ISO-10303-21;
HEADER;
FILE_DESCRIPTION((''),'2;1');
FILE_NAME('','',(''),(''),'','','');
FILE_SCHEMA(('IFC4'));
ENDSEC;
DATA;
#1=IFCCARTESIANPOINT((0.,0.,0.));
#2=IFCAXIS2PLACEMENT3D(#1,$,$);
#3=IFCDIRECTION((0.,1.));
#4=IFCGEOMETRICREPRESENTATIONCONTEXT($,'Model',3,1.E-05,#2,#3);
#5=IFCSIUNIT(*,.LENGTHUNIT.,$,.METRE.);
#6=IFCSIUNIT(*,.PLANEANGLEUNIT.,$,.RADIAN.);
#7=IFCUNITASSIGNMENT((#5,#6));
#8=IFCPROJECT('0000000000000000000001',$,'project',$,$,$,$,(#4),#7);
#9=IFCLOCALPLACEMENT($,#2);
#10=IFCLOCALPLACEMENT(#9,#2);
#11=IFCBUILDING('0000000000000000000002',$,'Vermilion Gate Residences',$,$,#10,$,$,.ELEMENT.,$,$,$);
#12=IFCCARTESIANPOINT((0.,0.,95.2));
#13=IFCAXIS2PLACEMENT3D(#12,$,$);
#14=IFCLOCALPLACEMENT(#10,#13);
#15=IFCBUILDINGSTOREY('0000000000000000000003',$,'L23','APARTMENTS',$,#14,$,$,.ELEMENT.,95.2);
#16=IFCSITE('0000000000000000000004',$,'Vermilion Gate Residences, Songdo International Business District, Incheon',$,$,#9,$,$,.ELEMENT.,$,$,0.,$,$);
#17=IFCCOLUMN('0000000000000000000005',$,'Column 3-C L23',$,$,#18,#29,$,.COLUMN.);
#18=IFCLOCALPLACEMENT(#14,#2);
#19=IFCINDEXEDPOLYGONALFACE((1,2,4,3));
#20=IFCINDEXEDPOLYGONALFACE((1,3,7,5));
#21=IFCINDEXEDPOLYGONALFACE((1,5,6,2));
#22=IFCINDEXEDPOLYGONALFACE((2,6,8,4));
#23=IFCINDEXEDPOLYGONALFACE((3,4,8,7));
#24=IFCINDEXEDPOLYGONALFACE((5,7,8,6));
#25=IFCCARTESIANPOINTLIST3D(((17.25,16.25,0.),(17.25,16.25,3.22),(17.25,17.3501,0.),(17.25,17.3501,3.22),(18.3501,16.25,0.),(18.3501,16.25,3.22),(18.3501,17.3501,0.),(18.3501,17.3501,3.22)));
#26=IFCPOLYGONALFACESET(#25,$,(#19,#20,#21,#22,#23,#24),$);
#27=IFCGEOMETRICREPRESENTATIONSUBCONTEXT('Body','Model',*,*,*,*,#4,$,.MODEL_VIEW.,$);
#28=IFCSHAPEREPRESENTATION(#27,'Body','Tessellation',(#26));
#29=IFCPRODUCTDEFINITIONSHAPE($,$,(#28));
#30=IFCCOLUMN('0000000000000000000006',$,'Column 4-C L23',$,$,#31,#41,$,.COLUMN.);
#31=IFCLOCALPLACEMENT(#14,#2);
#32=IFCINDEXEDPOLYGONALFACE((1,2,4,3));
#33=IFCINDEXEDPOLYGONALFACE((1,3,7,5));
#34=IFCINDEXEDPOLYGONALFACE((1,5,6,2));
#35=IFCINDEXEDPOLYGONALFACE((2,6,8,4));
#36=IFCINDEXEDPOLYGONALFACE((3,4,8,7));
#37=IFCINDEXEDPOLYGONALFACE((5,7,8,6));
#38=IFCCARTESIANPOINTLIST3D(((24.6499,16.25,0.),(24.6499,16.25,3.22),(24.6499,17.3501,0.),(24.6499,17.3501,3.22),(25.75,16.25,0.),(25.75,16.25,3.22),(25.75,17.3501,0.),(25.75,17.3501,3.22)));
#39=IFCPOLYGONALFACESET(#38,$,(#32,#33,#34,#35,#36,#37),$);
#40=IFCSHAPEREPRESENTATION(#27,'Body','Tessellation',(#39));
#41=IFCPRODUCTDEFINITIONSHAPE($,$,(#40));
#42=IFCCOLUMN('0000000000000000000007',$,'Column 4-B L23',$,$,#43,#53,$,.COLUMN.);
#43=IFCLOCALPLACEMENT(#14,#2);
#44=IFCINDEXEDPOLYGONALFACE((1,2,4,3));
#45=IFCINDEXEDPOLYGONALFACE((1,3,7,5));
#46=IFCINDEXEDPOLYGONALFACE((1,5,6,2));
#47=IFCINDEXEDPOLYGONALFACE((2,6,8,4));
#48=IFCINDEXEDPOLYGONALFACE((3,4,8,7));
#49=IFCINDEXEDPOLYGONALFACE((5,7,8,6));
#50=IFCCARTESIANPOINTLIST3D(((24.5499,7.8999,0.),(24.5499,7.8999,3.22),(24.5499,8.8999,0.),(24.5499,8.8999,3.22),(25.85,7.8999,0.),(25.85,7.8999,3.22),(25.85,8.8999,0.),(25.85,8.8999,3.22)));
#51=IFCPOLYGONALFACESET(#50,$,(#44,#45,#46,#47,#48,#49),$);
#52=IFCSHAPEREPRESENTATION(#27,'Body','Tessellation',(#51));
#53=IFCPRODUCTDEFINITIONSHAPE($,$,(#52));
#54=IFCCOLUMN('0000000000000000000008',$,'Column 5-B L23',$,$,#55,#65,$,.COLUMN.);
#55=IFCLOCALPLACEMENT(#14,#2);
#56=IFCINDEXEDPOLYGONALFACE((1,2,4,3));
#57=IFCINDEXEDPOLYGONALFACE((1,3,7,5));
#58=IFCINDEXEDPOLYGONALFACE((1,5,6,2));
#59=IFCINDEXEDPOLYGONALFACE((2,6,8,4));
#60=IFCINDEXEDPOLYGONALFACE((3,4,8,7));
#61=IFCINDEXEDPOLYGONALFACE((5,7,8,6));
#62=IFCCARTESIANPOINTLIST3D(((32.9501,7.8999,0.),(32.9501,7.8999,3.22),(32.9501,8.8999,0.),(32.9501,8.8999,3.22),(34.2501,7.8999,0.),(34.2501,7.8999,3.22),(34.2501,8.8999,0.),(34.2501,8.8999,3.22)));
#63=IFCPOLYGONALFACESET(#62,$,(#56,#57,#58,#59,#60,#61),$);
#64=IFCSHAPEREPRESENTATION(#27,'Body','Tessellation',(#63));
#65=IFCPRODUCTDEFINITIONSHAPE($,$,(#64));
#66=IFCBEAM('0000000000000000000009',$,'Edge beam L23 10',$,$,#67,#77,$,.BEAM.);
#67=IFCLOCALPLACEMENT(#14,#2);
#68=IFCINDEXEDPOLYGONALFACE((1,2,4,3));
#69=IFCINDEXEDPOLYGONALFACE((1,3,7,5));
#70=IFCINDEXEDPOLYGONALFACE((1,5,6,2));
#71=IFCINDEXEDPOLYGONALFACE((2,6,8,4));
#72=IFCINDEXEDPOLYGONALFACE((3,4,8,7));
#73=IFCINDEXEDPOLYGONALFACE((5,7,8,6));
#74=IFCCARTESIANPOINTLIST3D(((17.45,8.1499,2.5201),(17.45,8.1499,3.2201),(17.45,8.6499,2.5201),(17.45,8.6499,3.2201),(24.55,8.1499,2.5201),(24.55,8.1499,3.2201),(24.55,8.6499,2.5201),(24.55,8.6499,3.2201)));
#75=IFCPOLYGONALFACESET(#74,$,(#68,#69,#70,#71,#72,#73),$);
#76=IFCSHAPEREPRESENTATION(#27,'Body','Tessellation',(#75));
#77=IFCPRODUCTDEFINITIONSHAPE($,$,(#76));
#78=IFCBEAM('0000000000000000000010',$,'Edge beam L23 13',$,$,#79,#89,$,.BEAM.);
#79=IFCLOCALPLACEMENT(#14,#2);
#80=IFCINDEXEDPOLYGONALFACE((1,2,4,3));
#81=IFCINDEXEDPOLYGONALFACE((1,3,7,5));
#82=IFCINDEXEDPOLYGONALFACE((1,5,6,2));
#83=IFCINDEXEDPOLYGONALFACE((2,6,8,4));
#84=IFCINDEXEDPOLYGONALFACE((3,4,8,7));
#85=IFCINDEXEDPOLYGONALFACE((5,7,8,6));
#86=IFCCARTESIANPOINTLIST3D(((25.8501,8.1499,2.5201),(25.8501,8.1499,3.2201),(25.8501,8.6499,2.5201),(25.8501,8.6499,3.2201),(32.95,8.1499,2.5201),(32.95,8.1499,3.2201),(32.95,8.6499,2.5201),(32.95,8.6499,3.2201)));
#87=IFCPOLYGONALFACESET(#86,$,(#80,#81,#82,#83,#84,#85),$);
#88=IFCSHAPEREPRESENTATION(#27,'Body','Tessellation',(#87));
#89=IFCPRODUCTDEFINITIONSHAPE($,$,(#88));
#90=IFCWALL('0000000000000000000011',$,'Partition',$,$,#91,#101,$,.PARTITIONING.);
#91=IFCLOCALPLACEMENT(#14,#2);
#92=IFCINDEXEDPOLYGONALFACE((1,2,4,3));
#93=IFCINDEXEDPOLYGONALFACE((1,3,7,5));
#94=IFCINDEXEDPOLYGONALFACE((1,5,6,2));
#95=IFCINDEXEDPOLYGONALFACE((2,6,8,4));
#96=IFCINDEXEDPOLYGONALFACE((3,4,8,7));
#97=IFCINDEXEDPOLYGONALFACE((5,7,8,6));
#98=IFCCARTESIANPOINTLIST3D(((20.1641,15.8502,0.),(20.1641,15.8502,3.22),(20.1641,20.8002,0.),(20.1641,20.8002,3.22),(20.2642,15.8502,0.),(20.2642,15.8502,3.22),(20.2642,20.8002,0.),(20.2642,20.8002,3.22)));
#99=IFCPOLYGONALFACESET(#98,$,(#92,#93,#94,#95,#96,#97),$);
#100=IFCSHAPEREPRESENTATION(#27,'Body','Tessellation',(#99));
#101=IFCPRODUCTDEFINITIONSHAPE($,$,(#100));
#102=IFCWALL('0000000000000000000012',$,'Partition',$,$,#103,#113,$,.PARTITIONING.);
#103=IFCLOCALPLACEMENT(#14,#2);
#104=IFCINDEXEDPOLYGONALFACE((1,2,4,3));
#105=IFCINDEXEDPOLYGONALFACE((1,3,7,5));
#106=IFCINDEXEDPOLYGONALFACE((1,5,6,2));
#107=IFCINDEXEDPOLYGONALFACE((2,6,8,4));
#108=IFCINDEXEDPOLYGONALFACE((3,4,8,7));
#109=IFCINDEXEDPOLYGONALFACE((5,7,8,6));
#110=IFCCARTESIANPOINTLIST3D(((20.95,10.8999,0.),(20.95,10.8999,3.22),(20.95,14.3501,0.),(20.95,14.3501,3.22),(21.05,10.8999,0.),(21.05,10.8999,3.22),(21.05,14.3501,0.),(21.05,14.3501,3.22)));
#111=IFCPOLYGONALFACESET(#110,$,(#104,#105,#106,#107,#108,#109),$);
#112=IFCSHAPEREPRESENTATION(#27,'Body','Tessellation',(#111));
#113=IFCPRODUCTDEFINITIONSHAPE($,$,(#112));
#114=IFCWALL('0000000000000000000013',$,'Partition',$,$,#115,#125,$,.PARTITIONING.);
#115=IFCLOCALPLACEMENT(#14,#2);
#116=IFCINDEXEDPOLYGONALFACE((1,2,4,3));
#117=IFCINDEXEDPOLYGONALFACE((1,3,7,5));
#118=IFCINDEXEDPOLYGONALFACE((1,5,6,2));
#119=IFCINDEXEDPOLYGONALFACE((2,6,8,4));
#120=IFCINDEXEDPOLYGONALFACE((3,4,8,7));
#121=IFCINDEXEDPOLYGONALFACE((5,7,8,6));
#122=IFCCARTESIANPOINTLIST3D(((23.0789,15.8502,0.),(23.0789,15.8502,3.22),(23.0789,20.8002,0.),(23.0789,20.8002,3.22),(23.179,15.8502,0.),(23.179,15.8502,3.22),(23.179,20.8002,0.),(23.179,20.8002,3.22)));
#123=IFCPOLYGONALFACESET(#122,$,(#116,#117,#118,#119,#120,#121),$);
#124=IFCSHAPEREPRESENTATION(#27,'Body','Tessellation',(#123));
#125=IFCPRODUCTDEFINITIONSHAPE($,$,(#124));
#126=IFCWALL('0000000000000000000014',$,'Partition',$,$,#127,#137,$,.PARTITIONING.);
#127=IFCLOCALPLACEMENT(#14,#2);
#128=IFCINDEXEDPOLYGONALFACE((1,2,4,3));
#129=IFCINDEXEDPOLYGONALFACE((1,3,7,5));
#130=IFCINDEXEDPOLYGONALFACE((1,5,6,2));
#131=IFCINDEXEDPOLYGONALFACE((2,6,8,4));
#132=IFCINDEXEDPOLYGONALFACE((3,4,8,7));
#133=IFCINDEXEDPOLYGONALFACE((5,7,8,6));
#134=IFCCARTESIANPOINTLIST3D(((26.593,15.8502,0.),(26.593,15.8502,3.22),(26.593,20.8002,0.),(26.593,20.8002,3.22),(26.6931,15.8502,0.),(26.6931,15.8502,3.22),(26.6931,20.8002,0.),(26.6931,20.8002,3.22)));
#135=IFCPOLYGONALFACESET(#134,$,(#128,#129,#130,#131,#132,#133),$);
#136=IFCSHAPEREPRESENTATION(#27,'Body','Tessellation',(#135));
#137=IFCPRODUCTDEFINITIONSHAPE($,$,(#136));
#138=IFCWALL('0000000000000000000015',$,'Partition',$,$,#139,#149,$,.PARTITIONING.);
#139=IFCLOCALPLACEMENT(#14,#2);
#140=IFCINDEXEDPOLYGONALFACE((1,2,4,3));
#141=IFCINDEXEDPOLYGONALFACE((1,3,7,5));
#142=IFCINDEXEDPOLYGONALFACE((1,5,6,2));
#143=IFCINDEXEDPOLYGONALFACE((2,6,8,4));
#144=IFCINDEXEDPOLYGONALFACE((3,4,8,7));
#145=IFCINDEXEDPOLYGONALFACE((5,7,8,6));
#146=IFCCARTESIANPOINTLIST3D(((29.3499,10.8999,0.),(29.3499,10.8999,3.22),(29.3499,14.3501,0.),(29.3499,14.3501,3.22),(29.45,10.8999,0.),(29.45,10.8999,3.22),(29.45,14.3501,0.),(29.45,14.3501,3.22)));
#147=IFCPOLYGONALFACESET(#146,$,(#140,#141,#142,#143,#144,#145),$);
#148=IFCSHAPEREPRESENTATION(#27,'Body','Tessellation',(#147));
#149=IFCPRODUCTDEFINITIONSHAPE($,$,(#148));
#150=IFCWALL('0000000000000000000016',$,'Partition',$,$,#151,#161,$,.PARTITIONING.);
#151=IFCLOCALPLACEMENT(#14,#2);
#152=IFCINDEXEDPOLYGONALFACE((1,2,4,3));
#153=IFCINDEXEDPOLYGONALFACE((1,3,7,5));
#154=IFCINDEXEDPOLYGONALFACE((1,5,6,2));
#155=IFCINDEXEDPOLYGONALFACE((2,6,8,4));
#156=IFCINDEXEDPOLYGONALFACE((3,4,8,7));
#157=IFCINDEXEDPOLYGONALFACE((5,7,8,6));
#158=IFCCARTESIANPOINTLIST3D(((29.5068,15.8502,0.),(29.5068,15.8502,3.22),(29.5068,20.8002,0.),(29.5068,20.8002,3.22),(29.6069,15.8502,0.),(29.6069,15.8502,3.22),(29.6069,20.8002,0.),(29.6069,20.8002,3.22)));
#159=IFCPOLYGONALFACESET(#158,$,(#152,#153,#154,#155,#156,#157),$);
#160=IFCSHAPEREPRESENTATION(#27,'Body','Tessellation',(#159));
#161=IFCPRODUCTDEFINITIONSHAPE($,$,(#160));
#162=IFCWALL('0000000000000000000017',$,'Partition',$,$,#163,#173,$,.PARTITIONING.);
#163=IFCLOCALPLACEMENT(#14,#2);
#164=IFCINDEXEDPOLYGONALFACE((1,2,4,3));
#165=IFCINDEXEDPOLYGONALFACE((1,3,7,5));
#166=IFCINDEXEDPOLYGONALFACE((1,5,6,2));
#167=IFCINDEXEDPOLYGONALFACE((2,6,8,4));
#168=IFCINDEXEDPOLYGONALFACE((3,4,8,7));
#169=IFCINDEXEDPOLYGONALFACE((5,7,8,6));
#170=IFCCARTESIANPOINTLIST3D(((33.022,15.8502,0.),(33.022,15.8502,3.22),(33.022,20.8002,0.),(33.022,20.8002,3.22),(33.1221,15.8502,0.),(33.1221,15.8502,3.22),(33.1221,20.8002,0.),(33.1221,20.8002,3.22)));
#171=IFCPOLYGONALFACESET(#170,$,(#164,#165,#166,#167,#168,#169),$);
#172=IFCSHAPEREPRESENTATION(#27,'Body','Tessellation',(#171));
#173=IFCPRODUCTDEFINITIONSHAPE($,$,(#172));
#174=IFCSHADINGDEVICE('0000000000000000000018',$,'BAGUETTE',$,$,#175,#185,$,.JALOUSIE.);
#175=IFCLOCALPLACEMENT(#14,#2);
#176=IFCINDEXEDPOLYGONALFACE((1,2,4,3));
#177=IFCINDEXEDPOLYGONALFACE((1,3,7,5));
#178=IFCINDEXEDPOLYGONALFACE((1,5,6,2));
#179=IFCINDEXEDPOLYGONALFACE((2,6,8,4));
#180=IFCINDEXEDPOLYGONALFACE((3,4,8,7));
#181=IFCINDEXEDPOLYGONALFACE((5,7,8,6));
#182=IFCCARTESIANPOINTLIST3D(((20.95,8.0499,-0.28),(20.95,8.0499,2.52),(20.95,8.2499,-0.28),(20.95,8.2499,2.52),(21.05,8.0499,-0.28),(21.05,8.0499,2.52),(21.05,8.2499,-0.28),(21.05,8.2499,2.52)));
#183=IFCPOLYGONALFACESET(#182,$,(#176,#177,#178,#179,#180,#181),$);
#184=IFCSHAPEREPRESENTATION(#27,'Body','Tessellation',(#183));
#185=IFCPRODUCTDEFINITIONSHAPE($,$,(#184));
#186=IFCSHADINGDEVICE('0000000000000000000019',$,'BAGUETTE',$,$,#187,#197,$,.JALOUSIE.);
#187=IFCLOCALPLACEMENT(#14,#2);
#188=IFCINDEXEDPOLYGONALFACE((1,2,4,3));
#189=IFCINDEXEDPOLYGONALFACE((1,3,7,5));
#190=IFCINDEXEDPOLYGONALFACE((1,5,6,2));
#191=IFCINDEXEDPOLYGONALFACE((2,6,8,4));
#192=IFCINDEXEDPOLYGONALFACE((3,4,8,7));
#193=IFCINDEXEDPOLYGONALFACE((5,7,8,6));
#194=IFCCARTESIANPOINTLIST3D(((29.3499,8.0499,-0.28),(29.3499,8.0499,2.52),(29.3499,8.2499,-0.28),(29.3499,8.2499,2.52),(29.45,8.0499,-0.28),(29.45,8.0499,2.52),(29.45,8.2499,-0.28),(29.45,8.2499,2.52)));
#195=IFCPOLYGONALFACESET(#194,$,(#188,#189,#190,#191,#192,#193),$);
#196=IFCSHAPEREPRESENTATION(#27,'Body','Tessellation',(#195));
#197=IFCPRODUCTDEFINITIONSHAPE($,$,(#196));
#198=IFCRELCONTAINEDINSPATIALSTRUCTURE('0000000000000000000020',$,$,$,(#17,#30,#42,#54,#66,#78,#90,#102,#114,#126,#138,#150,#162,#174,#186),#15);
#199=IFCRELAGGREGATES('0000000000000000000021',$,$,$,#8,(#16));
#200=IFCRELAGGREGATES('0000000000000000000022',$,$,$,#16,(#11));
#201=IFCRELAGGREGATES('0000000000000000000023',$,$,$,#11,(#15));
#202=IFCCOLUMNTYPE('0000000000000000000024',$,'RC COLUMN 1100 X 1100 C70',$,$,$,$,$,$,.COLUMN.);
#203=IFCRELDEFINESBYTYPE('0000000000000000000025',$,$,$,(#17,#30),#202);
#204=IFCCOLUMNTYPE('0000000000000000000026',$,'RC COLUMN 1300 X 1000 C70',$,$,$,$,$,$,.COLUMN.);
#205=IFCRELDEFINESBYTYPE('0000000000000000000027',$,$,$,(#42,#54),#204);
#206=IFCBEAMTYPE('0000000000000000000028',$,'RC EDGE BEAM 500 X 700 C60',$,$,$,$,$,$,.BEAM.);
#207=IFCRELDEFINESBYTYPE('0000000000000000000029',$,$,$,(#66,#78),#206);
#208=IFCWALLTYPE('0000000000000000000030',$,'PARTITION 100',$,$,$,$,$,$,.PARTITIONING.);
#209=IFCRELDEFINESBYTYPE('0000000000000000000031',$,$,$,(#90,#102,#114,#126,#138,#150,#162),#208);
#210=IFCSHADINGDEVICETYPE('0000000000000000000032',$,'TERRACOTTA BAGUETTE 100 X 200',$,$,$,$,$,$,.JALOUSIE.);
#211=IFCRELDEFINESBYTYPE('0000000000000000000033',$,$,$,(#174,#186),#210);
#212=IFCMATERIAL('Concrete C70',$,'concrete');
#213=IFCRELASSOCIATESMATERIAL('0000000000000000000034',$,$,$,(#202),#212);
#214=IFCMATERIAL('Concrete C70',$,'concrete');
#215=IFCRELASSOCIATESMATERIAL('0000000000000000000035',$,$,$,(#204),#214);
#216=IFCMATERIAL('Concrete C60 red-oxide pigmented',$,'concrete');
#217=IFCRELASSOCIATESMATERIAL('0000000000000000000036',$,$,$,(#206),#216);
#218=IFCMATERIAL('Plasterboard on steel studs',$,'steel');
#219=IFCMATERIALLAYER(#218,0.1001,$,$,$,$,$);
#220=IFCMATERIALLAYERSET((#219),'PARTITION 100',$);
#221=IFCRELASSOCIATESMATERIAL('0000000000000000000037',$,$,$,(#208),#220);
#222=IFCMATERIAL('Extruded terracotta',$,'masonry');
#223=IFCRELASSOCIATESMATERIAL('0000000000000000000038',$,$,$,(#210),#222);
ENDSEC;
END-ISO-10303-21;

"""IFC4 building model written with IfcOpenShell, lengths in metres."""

from ifc_helpers import new_model, si_unit, direction, frame, frame_2d, origin, origin_2d, place, context, subcontext, project, spatial, rectangle, extrude, material, layer, layer_set, material_profile, profile_set, type_object, element, save


model = new_model("IFC4")

# Units and contexts
model_context = context("Model", 3, precision=1e-05, world=origin(), true_north=direction((0.0, 1.0)))
body_context = subcontext(model_context, "Body", "Model", "MODEL_VIEW")
ifc_project = project(units=[si_unit("LENGTHUNIT", "METRE"), si_unit("PLANEANGLEUNIT", "RADIAN")], contexts=[model_context])

# Site, building, storey
site_placement = place(None, origin())
site = spatial("IfcSite", under=ifc_project, at=site_placement, Name="Vermilion Gate Residences, Songdo International Business District, Incheon", CompositionType="ELEMENT", RefElevation=0.0)
building_placement = place(site_placement, origin())
building = spatial("IfcBuilding", under=site, at=building_placement, Name="Vermilion Gate Residences", CompositionType="ELEMENT")
storey_placement = place(building_placement, frame((0.0, 0.0, 95.2)))
storey = spatial("IfcBuildingStorey", under=building, at=storey_placement, Name="L23", Description="APARTMENTS", CompositionType="ELEMENT", Elevation=95.2)

# Columns
ifc_material_1 = material(Name="Concrete C70", Category="concrete")
ifc_material_profile_1 = material_profile(ifc_material_1, rectangle(XDim=1.1001, YDim=1.1001, at=origin_2d()), Name="RC-1100x1100")
ifc_profile_set_1 = profile_set([ifc_material_profile_1], Name="Concrete C70")
column_type_1 = type_object("IfcColumnType", Name="RC COLUMN 1100 X 1100 C70", PredefinedType="COLUMN", material=ifc_profile_set_1)
for number, where, z_axis, x_axis, name in (
    (1, (17.8, 16.8, 0.0), (0.0, 0.0, 1.0), (1.0, 0.0, 0.0), "Column 3-C L23"),
    (2, (25.2, 16.8, 0.0), (0.0, 0.0, 1.0), (1.0, 0.0, 0.0), "Column 4-C L23"),
):
    element("IfcColumn", number, at=place(storey_placement, frame(where, z_axis=z_axis, x_axis=x_axis)), inside=storey, type_object=column_type_1, Name=name, PredefinedType="COLUMN", context=body_context, shape_type="SweptSolid", body=[
        extrude(rectangle(XDim=1.1001, YDim=1.1001, at=origin_2d()), origin(), (0.0, 0.0, 1.0), 3.22),
    ])
ifc_material_2 = material(Name="Concrete C70", Category="concrete")
ifc_material_profile_2 = material_profile(ifc_material_2, rectangle(XDim=1.3, YDim=1.0, at=origin_2d()), Name="RC-1300x1000")
ifc_profile_set_2 = profile_set([ifc_material_profile_2], Name="Concrete C70")
column_type_2 = type_object("IfcColumnType", Name="RC COLUMN 1300 X 1000 C70", PredefinedType="COLUMN", material=ifc_profile_set_2)
for number, where, z_axis, x_axis, name in (
    (3, (25.2, 8.3999, 0.0), (0.0, 0.0, 1.0), (1.0, 0.0, 0.0), "Column 4-B L23"),
    (4, (33.6001, 8.3999, 0.0), (0.0, 0.0, 1.0), (1.0, 0.0, 0.0), "Column 5-B L23"),
):
    element("IfcColumn", number, at=place(storey_placement, frame(where, z_axis=z_axis, x_axis=x_axis)), inside=storey, type_object=column_type_2, Name=name, PredefinedType="COLUMN", context=body_context, shape_type="SweptSolid", body=[
        extrude(rectangle(XDim=1.3, YDim=1.0, at=origin_2d()), origin(), (0.0, 0.0, 1.0), 3.22),
    ])

# Beams
ifc_material_3 = material(Name="Concrete C60 red-oxide pigmented", Category="concrete")
ifc_material_profile_3 = material_profile(ifc_material_3, rectangle(XDim=0.5, YDim=0.7, at=origin_2d()), Name="RC-500x700")
ifc_profile_set_3 = profile_set([ifc_material_profile_3], Name="Concrete C60 red-oxide pigmented")
beam_type = type_object("IfcBeamType", Name="RC EDGE BEAM 500 X 700 C60", PredefinedType="BEAM", material=ifc_profile_set_3)
beam_1_placement = place(storey_placement, frame((17.45, 8.3999, 2.8701), z_axis=(1.0, 0.0, 0.0), x_axis=(0.0, 1.0, 0.0)))
element("IfcBeam", 5, at=beam_1_placement, inside=storey, type_object=beam_type, Name="Edge beam L23 10", PredefinedType="BEAM", context=body_context, shape_type="SweptSolid", body=[
    extrude(rectangle(XDim=0.5, YDim=0.7, at=origin_2d()), origin(), (0.0, 0.0, 1.0), 7.1001),
])
beam_2_placement = place(storey_placement, frame((25.8501, 8.3999, 2.8701), z_axis=(1.0, 0.0, 0.0), x_axis=(0.0, 1.0, 0.0)))
element("IfcBeam", 6, at=beam_2_placement, inside=storey, type_object=beam_type, Name="Edge beam L23 13", PredefinedType="BEAM", context=body_context, shape_type="SweptSolid", body=[
    extrude(rectangle(XDim=0.5, YDim=0.7, at=origin_2d()), origin(), (0.0, 0.0, 1.0), 7.0999),
])

# Walls
ifc_material_4 = material(Name="Plasterboard on steel studs", Category="steel")
ifc_layer = layer(ifc_material_4, 0.1001)
ifc_layer_set = layer_set([ifc_layer], Name="PARTITION 100")
wall_type = type_object("IfcWallType", Name="PARTITION 100", PredefinedType="PARTITIONING", material=ifc_layer_set)
wall_1_placement = place(storey_placement, frame((20.2141, 15.8501, 0.0), z_axis=(0.0, 0.0, 1.0), x_axis=(0.0, 1.0, 0.0)))
element("IfcWall", 7, at=wall_1_placement, inside=storey, type_object=wall_type, Name="Partition", PredefinedType="PARTITIONING", context=body_context, shape_type="SweptSolid", body=[
    extrude(rectangle(XDim=4.95, YDim=0.1001, at=frame_2d((2.4751, 0.0))), origin(), (0.0, 0.0, 1.0), 3.22),
])
wall_2_placement = place(storey_placement, frame((21.0, 10.8999, 0.0), z_axis=(0.0, 0.0, 1.0), x_axis=(0.0, 1.0, 0.0)))
element("IfcWall", 8, at=wall_2_placement, inside=storey, type_object=wall_type, Name="Partition", PredefinedType="PARTITIONING", context=body_context, shape_type="SweptSolid", body=[
    extrude(rectangle(XDim=3.4502, YDim=0.1001, at=frame_2d((1.7251, 0.0))), origin(), (0.0, 0.0, 1.0), 3.22),
])
for number, where, z_axis, x_axis, name in (
    (9, (23.1289, 15.8501, 0.0), (0.0, 0.0, 1.0), (0.0, 1.0, 0.0), "Partition"),
    (10, (26.6431, 15.8501, 0.0), (0.0, 0.0, 1.0), (0.0, 1.0, 0.0), "Partition"),
):
    element("IfcWall", number, at=place(storey_placement, frame(where, z_axis=z_axis, x_axis=x_axis)), inside=storey, type_object=wall_type, Name=name, PredefinedType="PARTITIONING", context=body_context, shape_type="SweptSolid", body=[
        extrude(rectangle(XDim=4.95, YDim=0.1001, at=frame_2d((2.4751, 0.0))), origin(), (0.0, 0.0, 1.0), 3.22),
    ])
wall_3_placement = place(storey_placement, frame((29.3999, 10.8999, 0.0), z_axis=(0.0, 0.0, 1.0), x_axis=(0.0, 1.0, 0.0)))
element("IfcWall", 11, at=wall_3_placement, inside=storey, type_object=wall_type, Name="Partition", PredefinedType="PARTITIONING", context=body_context, shape_type="SweptSolid", body=[
    extrude(rectangle(XDim=3.4502, YDim=0.1001, at=frame_2d((1.7251, 0.0))), origin(), (0.0, 0.0, 1.0), 3.22),
])
for number, where, z_axis, x_axis, name in (
    (12, (29.5569, 15.8501, 0.0), (0.0, 0.0, 1.0), (0.0, 1.0, 0.0), "Partition"),
    (13, (33.072, 15.8501, 0.0), (0.0, 0.0, 1.0), (0.0, 1.0, 0.0), "Partition"),
):
    element("IfcWall", number, at=place(storey_placement, frame(where, z_axis=z_axis, x_axis=x_axis)), inside=storey, type_object=wall_type, Name=name, PredefinedType="PARTITIONING", context=body_context, shape_type="SweptSolid", body=[
        extrude(rectangle(XDim=4.95, YDim=0.1001, at=frame_2d((2.4751, 0.0))), origin(), (0.0, 0.0, 1.0), 3.22),
    ])

# Shading devices
ifc_material_5 = material(Name="Extruded terracotta", Category="masonry")
ifc_material_profile_4 = material_profile(ifc_material_5, rectangle(XDim=0.2, YDim=0.1001, at=origin_2d()), Name="BAGUETTE 100 X 200")
ifc_profile_set_4 = profile_set([ifc_material_profile_4], Name="Extruded terracotta")
shading_device_type = type_object("IfcShadingDeviceType", Name="TERRACOTTA BAGUETTE 100 X 200", PredefinedType="JALOUSIE", material=ifc_profile_set_4)
for number, where, z_axis, x_axis, name in (
    (14, (21.0, 8.1499, -0.28), (0.0, 0.0, 1.0), (0.0, 1.0, 0.0), "BAGUETTE"),
    (15, (29.3999, 8.1499, -0.28), (0.0, 0.0, 1.0), (0.0, 1.0, 0.0), "BAGUETTE"),
):
    element("IfcShadingDevice", number, at=place(storey_placement, frame(where, z_axis=z_axis, x_axis=x_axis)), inside=storey, type_object=shading_device_type, Name=name, PredefinedType="JALOUSIE", context=body_context, shape_type="SweptSolid", body=[
        extrude(rectangle(XDim=0.2, YDim=0.1001, at=origin_2d()), origin(), (0.0, 0.0, 1.0), 2.8),
    ])

save(model, "model.ifc")
